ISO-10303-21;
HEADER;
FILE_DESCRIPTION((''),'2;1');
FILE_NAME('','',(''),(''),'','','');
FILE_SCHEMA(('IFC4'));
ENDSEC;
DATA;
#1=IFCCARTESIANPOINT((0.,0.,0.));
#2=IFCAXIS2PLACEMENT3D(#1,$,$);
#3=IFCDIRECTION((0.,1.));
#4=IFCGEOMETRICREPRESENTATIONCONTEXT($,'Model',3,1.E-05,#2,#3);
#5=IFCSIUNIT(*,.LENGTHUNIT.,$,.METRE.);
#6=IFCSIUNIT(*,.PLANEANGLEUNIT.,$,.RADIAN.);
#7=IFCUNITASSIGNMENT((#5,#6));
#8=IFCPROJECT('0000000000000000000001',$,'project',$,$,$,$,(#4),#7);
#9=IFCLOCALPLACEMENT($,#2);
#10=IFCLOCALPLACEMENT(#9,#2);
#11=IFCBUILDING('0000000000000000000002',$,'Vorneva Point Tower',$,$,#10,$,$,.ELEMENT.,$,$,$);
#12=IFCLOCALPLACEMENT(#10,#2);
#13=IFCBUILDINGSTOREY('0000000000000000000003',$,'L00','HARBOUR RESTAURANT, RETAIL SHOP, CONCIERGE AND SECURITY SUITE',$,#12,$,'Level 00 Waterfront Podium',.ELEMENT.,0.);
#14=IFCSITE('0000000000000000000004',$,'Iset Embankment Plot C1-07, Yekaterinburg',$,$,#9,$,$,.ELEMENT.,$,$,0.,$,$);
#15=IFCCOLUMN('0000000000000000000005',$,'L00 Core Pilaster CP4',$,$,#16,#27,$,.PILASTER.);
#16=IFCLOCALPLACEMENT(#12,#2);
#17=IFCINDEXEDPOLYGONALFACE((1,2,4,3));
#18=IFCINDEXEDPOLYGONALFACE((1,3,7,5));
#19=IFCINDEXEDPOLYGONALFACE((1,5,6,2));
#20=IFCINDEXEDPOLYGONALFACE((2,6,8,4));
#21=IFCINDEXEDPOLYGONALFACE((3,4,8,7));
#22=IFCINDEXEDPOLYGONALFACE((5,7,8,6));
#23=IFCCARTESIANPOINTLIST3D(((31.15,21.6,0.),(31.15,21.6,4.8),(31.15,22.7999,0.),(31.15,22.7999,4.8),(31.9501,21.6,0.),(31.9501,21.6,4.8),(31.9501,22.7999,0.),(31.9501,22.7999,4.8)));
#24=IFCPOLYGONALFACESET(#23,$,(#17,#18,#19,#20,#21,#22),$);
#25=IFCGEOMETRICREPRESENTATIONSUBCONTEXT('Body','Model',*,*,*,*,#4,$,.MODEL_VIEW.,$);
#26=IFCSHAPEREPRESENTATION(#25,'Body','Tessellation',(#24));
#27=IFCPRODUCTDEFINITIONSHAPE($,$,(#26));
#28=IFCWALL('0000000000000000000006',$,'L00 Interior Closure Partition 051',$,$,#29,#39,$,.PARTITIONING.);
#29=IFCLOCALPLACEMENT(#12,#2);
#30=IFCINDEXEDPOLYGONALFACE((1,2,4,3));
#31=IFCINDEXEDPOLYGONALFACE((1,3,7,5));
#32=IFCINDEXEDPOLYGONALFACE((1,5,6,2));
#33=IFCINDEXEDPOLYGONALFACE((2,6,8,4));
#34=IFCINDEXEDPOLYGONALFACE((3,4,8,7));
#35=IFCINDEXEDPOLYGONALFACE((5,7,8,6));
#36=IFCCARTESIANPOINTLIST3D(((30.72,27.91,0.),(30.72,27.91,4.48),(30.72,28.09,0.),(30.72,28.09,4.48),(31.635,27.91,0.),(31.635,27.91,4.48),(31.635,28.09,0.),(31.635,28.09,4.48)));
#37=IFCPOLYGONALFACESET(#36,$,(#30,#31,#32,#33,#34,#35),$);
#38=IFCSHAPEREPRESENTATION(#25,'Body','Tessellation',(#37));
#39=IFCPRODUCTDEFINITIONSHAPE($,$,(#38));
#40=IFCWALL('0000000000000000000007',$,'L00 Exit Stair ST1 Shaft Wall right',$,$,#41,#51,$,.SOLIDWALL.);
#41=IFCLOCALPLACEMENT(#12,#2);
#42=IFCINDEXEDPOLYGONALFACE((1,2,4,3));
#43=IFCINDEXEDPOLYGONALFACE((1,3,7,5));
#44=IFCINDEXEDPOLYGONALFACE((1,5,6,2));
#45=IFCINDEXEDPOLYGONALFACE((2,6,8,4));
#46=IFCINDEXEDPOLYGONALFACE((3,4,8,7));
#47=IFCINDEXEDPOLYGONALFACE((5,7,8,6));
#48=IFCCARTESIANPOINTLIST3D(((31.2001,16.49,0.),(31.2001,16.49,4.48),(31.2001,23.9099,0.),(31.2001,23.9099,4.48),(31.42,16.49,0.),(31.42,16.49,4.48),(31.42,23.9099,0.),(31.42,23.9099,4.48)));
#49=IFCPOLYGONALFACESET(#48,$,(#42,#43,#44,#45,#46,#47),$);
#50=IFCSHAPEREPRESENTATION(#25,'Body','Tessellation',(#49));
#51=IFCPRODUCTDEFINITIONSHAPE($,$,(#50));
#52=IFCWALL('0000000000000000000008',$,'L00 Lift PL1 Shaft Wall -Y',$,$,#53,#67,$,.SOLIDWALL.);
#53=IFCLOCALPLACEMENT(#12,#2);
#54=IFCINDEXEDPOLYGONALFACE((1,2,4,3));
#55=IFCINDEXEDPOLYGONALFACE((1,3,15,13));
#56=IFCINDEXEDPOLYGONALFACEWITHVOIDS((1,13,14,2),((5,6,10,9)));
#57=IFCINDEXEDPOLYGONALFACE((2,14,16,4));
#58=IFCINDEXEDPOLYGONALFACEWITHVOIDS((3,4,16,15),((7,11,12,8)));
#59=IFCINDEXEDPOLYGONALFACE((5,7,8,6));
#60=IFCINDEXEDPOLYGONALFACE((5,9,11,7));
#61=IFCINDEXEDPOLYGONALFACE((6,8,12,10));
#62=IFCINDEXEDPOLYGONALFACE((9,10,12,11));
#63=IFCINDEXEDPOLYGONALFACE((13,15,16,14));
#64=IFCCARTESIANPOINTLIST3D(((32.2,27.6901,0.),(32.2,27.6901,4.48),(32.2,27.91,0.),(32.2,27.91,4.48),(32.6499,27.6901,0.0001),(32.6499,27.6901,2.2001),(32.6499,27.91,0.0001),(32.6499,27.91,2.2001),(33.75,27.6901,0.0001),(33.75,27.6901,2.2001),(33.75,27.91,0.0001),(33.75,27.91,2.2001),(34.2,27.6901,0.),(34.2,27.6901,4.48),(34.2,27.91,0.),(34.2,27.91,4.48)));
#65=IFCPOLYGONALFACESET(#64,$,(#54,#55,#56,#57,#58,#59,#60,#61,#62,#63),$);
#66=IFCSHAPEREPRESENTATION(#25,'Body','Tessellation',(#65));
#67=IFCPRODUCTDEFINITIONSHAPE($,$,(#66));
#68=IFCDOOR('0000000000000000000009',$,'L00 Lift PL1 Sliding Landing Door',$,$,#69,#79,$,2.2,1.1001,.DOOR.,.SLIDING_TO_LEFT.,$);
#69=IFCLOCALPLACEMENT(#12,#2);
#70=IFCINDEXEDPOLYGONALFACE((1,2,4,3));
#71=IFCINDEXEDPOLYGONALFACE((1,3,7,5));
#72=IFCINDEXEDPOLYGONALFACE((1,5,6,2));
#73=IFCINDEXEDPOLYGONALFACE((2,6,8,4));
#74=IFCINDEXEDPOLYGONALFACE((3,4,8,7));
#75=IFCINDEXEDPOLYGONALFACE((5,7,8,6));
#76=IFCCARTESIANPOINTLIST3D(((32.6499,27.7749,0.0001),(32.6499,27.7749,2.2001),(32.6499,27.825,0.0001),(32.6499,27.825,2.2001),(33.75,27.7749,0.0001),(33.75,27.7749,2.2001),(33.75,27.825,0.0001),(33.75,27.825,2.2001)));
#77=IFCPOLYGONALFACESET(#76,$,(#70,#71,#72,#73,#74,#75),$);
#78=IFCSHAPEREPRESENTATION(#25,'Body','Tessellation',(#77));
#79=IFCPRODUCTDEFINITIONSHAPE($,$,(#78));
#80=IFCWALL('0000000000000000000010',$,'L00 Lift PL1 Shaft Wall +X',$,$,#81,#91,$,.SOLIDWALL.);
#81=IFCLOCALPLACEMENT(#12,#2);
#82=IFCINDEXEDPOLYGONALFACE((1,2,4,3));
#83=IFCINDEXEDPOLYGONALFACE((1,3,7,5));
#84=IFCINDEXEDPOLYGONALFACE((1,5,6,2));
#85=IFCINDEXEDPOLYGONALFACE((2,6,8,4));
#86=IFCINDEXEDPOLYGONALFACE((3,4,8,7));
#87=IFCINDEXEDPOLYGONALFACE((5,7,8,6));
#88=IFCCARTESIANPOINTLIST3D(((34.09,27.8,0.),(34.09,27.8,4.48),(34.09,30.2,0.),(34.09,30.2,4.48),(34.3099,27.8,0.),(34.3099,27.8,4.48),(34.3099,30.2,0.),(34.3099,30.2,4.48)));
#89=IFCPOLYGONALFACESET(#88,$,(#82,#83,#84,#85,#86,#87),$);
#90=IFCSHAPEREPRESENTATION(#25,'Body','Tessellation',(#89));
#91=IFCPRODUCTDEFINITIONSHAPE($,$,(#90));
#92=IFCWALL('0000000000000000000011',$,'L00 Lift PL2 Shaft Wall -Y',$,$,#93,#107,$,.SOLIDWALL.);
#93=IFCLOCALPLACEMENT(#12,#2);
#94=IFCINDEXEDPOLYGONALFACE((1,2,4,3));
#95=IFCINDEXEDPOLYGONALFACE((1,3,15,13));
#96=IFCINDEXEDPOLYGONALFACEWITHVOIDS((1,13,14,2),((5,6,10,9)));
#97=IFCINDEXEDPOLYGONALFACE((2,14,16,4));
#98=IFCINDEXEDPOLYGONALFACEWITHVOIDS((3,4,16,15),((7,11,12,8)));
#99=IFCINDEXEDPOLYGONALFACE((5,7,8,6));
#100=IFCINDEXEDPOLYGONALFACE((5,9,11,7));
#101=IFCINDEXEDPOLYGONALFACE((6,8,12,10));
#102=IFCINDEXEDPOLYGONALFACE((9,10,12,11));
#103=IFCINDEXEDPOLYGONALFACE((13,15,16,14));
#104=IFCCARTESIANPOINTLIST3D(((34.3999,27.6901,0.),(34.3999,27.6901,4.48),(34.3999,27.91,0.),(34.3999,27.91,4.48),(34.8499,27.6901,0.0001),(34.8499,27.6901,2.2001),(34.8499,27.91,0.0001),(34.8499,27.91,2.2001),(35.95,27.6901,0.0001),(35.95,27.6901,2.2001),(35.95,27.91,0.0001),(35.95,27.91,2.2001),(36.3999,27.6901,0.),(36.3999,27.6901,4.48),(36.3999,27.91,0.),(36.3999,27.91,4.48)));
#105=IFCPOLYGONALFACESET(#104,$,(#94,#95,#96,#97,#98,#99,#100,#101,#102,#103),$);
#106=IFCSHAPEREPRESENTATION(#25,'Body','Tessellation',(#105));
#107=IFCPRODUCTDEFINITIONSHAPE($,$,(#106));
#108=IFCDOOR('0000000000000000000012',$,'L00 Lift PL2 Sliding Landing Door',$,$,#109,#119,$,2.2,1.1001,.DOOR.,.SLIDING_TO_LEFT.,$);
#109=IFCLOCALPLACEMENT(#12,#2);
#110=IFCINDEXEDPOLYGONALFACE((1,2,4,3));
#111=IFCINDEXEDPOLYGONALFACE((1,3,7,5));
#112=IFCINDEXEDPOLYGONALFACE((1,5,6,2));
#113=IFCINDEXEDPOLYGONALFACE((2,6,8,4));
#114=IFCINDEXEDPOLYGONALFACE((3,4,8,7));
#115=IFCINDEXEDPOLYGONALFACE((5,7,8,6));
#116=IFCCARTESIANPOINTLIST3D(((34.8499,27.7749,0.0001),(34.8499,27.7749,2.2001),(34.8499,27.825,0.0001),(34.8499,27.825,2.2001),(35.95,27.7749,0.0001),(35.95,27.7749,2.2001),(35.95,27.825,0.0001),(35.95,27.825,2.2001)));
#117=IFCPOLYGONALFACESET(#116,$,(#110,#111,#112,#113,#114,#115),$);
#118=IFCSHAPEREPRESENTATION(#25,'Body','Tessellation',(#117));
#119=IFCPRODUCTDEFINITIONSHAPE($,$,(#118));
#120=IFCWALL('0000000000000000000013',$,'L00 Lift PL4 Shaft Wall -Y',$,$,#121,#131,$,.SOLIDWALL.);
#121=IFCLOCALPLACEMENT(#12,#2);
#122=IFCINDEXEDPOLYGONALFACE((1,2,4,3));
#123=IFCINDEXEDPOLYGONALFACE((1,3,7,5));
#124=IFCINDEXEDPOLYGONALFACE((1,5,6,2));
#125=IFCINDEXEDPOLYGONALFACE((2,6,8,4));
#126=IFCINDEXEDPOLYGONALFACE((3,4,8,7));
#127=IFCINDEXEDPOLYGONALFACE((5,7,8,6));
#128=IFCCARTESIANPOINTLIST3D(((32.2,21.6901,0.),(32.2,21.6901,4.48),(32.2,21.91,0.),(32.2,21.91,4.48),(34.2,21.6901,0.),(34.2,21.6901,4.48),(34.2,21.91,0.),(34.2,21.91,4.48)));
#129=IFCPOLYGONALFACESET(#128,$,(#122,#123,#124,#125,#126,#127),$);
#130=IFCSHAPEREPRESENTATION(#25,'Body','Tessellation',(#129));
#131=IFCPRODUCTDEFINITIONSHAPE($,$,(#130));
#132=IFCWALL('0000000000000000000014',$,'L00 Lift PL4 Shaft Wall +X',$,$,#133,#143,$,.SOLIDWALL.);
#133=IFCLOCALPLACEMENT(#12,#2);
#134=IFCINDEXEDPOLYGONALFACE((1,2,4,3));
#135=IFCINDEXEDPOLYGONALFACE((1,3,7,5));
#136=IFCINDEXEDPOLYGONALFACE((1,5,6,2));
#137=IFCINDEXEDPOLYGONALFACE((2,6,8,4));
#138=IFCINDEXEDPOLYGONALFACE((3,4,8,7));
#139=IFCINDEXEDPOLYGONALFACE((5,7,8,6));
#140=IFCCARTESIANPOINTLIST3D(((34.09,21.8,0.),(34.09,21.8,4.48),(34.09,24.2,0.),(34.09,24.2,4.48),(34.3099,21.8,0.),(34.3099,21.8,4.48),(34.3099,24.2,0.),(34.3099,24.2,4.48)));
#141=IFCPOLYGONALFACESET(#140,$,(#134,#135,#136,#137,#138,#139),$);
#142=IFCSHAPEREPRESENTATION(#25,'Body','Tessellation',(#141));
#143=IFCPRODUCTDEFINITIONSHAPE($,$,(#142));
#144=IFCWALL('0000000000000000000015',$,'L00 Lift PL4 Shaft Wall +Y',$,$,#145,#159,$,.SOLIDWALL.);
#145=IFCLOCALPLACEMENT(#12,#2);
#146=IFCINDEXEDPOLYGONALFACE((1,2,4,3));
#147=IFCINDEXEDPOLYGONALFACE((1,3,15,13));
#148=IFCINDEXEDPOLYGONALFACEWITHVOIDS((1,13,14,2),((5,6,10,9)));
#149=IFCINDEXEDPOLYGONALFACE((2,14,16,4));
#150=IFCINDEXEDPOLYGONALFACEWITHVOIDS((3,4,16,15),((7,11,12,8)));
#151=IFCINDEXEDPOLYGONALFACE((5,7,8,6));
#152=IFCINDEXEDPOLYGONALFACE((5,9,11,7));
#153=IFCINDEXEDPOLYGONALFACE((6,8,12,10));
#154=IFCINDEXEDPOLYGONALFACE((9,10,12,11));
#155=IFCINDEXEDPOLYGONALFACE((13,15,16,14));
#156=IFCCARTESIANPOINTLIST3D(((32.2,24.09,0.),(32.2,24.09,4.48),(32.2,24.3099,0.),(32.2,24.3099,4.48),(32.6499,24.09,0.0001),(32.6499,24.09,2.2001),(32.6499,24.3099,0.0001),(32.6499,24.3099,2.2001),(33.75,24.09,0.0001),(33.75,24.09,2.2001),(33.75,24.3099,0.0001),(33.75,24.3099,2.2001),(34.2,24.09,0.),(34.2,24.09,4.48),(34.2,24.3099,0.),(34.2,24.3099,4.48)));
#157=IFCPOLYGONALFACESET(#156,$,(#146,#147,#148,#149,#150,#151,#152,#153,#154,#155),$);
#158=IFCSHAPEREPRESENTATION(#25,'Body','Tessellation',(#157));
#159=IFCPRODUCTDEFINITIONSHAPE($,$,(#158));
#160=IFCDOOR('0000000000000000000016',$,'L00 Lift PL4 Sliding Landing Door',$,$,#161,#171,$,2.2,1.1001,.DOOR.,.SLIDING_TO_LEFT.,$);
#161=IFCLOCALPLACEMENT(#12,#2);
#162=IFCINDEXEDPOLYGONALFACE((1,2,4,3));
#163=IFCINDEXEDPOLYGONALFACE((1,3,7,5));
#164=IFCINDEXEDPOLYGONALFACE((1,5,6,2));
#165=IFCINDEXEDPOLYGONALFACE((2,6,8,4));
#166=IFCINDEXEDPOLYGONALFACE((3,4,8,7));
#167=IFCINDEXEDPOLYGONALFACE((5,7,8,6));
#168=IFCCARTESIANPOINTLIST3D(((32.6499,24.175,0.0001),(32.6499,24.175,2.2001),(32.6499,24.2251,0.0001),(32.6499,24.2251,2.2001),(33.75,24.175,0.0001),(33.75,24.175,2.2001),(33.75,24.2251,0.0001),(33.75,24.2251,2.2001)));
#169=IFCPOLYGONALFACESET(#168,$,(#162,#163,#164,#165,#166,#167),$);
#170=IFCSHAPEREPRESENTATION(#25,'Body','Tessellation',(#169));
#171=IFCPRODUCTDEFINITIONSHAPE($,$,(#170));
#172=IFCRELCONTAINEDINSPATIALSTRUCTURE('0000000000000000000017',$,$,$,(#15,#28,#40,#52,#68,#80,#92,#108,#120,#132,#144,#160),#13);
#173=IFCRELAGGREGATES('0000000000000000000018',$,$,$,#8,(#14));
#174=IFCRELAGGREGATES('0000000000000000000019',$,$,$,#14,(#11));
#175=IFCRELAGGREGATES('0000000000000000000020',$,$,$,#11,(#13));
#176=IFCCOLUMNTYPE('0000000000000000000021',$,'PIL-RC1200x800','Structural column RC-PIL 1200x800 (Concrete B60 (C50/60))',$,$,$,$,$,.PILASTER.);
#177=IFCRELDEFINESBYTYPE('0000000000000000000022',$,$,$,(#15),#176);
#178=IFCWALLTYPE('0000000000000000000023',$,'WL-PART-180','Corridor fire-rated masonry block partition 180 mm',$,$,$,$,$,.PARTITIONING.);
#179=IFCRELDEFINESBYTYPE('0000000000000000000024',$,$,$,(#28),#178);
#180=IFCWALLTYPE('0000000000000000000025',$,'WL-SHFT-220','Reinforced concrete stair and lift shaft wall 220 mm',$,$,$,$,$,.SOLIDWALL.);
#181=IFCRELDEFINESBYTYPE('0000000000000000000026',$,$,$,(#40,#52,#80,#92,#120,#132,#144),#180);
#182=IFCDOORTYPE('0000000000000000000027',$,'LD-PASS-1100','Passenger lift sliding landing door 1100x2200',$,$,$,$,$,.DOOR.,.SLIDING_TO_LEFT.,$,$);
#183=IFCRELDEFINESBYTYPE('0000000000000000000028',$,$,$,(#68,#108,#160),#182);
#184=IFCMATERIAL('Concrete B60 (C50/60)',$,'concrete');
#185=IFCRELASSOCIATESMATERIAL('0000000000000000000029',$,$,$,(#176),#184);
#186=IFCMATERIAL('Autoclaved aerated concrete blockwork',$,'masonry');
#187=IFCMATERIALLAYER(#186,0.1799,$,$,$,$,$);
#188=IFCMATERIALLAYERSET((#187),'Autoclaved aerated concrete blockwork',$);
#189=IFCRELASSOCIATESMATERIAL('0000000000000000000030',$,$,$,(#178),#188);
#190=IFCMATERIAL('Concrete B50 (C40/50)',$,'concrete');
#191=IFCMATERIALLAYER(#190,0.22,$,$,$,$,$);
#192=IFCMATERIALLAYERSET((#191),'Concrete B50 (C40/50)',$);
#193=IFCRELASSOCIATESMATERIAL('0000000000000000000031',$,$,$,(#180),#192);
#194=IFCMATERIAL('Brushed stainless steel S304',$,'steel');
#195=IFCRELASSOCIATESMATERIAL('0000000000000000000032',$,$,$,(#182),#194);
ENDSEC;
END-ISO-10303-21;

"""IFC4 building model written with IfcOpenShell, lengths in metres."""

from ifc_helpers import new_model, si_unit, direction, frame, frame_2d, origin, origin_2d, place, context, subcontext, project, spatial, rectangle, extrude, material, layer, layer_set, material_profile, profile_set, type_object, element, fill, save


model = new_model("IFC4")

# Units and contexts
model_context = context("Model", 3, precision=1e-05, world=origin(), true_north=direction((0.0, 1.0)))
body_context = subcontext(model_context, "Body", "Model", "MODEL_VIEW")
ifc_project = project(units=[si_unit("LENGTHUNIT", "METRE"), si_unit("PLANEANGLEUNIT", "RADIAN")], contexts=[model_context])

# Site, building, storey
site_placement = place(None, origin())
site = spatial("IfcSite", under=ifc_project, at=site_placement, Name="Iset Embankment Plot C1-07, Yekaterinburg", CompositionType="ELEMENT", RefElevation=0.0)
building_placement = place(site_placement, origin())
building = spatial("IfcBuilding", under=site, at=building_placement, Name="Vorneva Point Tower", CompositionType="ELEMENT")
storey_placement = place(building_placement, origin())
storey = spatial("IfcBuildingStorey", under=building, at=storey_placement, Name="L00", Description="HARBOUR RESTAURANT, RETAIL SHOP, CONCIERGE AND SECURITY SUITE", LongName="Level 00 Waterfront Podium", CompositionType="ELEMENT", Elevation=0.0)

# Column
ifc_material_1 = material(Name="Concrete B60 (C50/60)", Category="concrete")
ifc_material_profile = material_profile(ifc_material_1, rectangle(XDim=0.8, YDim=1.2, at=origin_2d()), Name="RC-PIL 1200x800")
ifc_profile_set = profile_set([ifc_material_profile], Name="Concrete B60 (C50/60)")
column_type = type_object("IfcColumnType", Name="PIL-RC1200x800", Description="Structural column RC-PIL 1200x800 (Concrete B60 (C50/60))", PredefinedType="PILASTER", material=ifc_profile_set)
column_placement = place(storey_placement, frame((31.55, 22.2, 0.0), z_axis=(0.0, 0.0, 1.0), x_axis=(1.0, 0.0, 0.0)))
element("IfcColumn", 1, at=column_placement, inside=storey, type_object=column_type, Name="L00 Core Pilaster CP4", PredefinedType="PILASTER", context=body_context, shape_type="SweptSolid", body=[
    extrude(rectangle(XDim=0.8, YDim=1.2, at=origin_2d()), origin(), (0.0, 0.0, 1.0), 4.8),
])

# Shared definitions
ifc_material_2 = material(Name="Autoclaved aerated concrete blockwork", Category="masonry")
ifc_layer_1 = layer(ifc_material_2, 0.1799)
ifc_layer_set_1 = layer_set([ifc_layer_1], Name="Autoclaved aerated concrete blockwork")
wall_type_1 = type_object("IfcWallType", Name="WL-PART-180", Description="Corridor fire-rated masonry block partition 180 mm", PredefinedType="PARTITIONING", material=ifc_layer_set_1)

# Walls
wall_1_placement = place(storey_placement, frame((31.635, 28.0, 0.0), z_axis=(0.0, 0.0, 1.0), x_axis=(-1.0, 0.0, 0.0)))
element("IfcWall", 2, at=wall_1_placement, inside=storey, type_object=wall_type_1, Name="L00 Interior Closure Partition 051", PredefinedType="PARTITIONING", context=body_context, shape_type="SweptSolid", body=[
    extrude(rectangle(XDim=0.915, YDim=0.1799, at=frame_2d((0.4575, 0.0))), origin(), (0.0, 0.0, 1.0), 4.48),
])
ifc_material_3 = material(Name="Concrete B50 (C40/50)", Category="concrete")
ifc_layer_2 = layer(ifc_material_3, 0.22)
ifc_layer_set_2 = layer_set([ifc_layer_2], Name="Concrete B50 (C40/50)")
wall_type_2 = type_object("IfcWallType", Name="WL-SHFT-220", Description="Reinforced concrete stair and lift shaft wall 220 mm", PredefinedType="SOLIDWALL", material=ifc_layer_set_2)
wall_2_placement = place(storey_placement, frame((31.3101, 23.9099, 0.0), z_axis=(0.0, 0.0, 1.0), x_axis=(0.0, -1.0, 0.0)))
element("IfcWall", 3, at=wall_2_placement, inside=storey, type_object=wall_type_2, Name="L00 Exit Stair ST1 Shaft Wall right", PredefinedType="SOLIDWALL", context=body_context, shape_type="SweptSolid", body=[
    extrude(rectangle(XDim=7.4199, YDim=0.22, at=frame_2d((3.71, 0.0))), origin(), (0.0, 0.0, 1.0), 4.48),
])

# Wall, opening, door
wall_3_placement = place(storey_placement, frame((32.2, 27.8, 0.0), z_axis=(0.0, 0.0, 1.0), x_axis=(1.0, 0.0, 0.0)))
wall_3 = element("IfcWall", 4, at=wall_3_placement, inside=storey, type_object=wall_type_2, Name="L00 Lift PL1 Shaft Wall -Y", PredefinedType="SOLIDWALL", context=body_context, shape_type="SweptSolid", body=[
    extrude(rectangle(XDim=2.0, YDim=0.22, at=frame_2d((1.0, 0.0))), origin(), (0.0, 0.0, 1.0), 4.48),
])
opening_1_placement = place(wall_3_placement, frame((0.45, 0.0, 0.0)))
opening_1 = element("IfcOpeningElement", 5, at=opening_1_placement, cuts=wall_3, PredefinedType="OPENING", context=body_context, shape_type="SweptSolid", body=[
    extrude(rectangle(XDim=1.1001, YDim=2.2, at=frame_2d((0.55, 1.1001))), frame((0.0, 0.125, 0.0), z_axis=(0.0, -1.0, 0.0), x_axis=(1.0, 0.0, 0.0)), (0.0, 0.0, 1.0), 0.2498),
])
ifc_material_4 = material(Name="Brushed stainless steel S304", Category="steel")
door_type_1 = type_object("IfcDoorType", Name="LD-PASS-1100", Description="Passenger lift sliding landing door 1100x2200", OperationType="SLIDING_TO_LEFT", PredefinedType="DOOR", material=ifc_material_4)
door_1_placement = place(opening_1_placement, origin())
door_1 = element("IfcDoor", 6, at=door_1_placement, inside=storey, type_object=door_type_1, Name="L00 Lift PL1 Sliding Landing Door", OperationType="SLIDING_TO_LEFT", OverallHeight=2.2, OverallWidth=1.1001, PredefinedType="DOOR", context=body_context, shape_type="SweptSolid", body=[
    extrude(rectangle(XDim=1.1001, YDim=2.2, at=frame_2d((0.55, 1.1001))), frame((0.0, 0.0249, 0.0), z_axis=(0.0, -1.0, 0.0), x_axis=(1.0, 0.0, 0.0)), (0.0, 0.0, 1.0), 0.05),
])
fill(opening_1, door_1)

# Wall
wall_4_placement = place(storey_placement, frame((34.2, 27.8, 0.0), z_axis=(0.0, 0.0, 1.0), x_axis=(0.0, 1.0, 0.0)))
element("IfcWall", 7, at=wall_4_placement, inside=storey, type_object=wall_type_2, Name="L00 Lift PL1 Shaft Wall +X", PredefinedType="SOLIDWALL", context=body_context, shape_type="SweptSolid", body=[
    extrude(rectangle(XDim=2.3999, YDim=0.22, at=frame_2d((1.2, 0.0))), origin(), (0.0, 0.0, 1.0), 4.48),
])

# Wall, opening, door
wall_5_placement = place(storey_placement, frame((34.3999, 27.8, 0.0), z_axis=(0.0, 0.0, 1.0), x_axis=(1.0, 0.0, 0.0)))
wall_5 = element("IfcWall", 8, at=wall_5_placement, inside=storey, type_object=wall_type_2, Name="L00 Lift PL2 Shaft Wall -Y", PredefinedType="SOLIDWALL", context=body_context, shape_type="SweptSolid", body=[
    extrude(rectangle(XDim=2.0, YDim=0.22, at=frame_2d((1.0, 0.0))), origin(), (0.0, 0.0, 1.0), 4.48),
])
opening_2_placement = place(wall_5_placement, frame((0.45, 0.0, 0.0)))
opening_2 = element("IfcOpeningElement", 9, at=opening_2_placement, cuts=wall_5, PredefinedType="OPENING", context=body_context, shape_type="SweptSolid", body=[
    extrude(rectangle(XDim=1.1001, YDim=2.2, at=frame_2d((0.55, 1.1001))), frame((0.0, 0.125, 0.0), z_axis=(0.0, -1.0, 0.0), x_axis=(1.0, 0.0, 0.0)), (0.0, 0.0, 1.0), 0.2498),
])
door_2_placement = place(opening_2_placement, origin())
door_2 = element("IfcDoor", 10, at=door_2_placement, inside=storey, type_object=door_type_1, Name="L00 Lift PL2 Sliding Landing Door", OperationType="SLIDING_TO_LEFT", OverallHeight=2.2, OverallWidth=1.1001, PredefinedType="DOOR", context=body_context, shape_type="SweptSolid", body=[
    extrude(rectangle(XDim=1.1001, YDim=2.2, at=frame_2d((0.55, 1.1001))), frame((0.0, 0.0249, 0.0), z_axis=(0.0, -1.0, 0.0), x_axis=(1.0, 0.0, 0.0)), (0.0, 0.0, 1.0), 0.05),
])
fill(opening_2, door_2)

# Walls
wall_6_placement = place(storey_placement, frame((32.2, 21.8, 0.0), z_axis=(0.0, 0.0, 1.0), x_axis=(1.0, 0.0, 0.0)))
element("IfcWall", 11, at=wall_6_placement, inside=storey, type_object=wall_type_2, Name="L00 Lift PL4 Shaft Wall -Y", PredefinedType="SOLIDWALL", context=body_context, shape_type="SweptSolid", body=[
    extrude(rectangle(XDim=2.0, YDim=0.22, at=frame_2d((1.0, 0.0))), origin(), (0.0, 0.0, 1.0), 4.48),
])
wall_7_placement = place(storey_placement, frame((34.2, 21.8, 0.0), z_axis=(0.0, 0.0, 1.0), x_axis=(0.0, 1.0, 0.0)))
element("IfcWall", 12, at=wall_7_placement, inside=storey, type_object=wall_type_2, Name="L00 Lift PL4 Shaft Wall +X", PredefinedType="SOLIDWALL", context=body_context, shape_type="SweptSolid", body=[
    extrude(rectangle(XDim=2.3999, YDim=0.22, at=frame_2d((1.2, 0.0))), origin(), (0.0, 0.0, 1.0), 4.48),
])

# Wall, opening, door
wall_8_placement = place(storey_placement, frame((34.2, 24.2, 0.0), z_axis=(0.0, 0.0, 1.0), x_axis=(-1.0, 0.0, 0.0)))
wall_8 = element("IfcWall", 13, at=wall_8_placement, inside=storey, type_object=wall_type_2, Name="L00 Lift PL4 Shaft Wall +Y", PredefinedType="SOLIDWALL", context=body_context, shape_type="SweptSolid", body=[
    extrude(rectangle(XDim=2.0, YDim=0.22, at=frame_2d((1.0, 0.0))), origin(), (0.0, 0.0, 1.0), 4.48),
])
opening_3_placement = place(wall_8_placement, frame((0.45, 0.0, 0.0)))
opening_3 = element("IfcOpeningElement", 14, at=opening_3_placement, cuts=wall_8, PredefinedType="OPENING", context=body_context, shape_type="SweptSolid", body=[
    extrude(rectangle(XDim=1.1001, YDim=2.2, at=frame_2d((0.55, 1.1001))), frame((0.0, 0.125, 0.0), z_axis=(0.0, -1.0, 0.0), x_axis=(1.0, 0.0, 0.0)), (0.0, 0.0, 1.0), 0.2498),
])
door_3_placement = place(opening_3_placement, origin())
door_3 = element("IfcDoor", 15, at=door_3_placement, inside=storey, type_object=door_type_1, Name="L00 Lift PL4 Sliding Landing Door", OperationType="SLIDING_TO_LEFT", OverallHeight=2.2, OverallWidth=1.1001, PredefinedType="DOOR", context=body_context, shape_type="SweptSolid", body=[
    extrude(rectangle(XDim=1.1001, YDim=2.2, at=frame_2d((0.55, 1.1001))), frame((0.0, 0.0249, 0.0), z_axis=(0.0, -1.0, 0.0), x_axis=(1.0, 0.0, 0.0)), (0.0, 0.0, 1.0), 0.05),
])
fill(opening_3, door_3)

save(model, "model.ifc")
